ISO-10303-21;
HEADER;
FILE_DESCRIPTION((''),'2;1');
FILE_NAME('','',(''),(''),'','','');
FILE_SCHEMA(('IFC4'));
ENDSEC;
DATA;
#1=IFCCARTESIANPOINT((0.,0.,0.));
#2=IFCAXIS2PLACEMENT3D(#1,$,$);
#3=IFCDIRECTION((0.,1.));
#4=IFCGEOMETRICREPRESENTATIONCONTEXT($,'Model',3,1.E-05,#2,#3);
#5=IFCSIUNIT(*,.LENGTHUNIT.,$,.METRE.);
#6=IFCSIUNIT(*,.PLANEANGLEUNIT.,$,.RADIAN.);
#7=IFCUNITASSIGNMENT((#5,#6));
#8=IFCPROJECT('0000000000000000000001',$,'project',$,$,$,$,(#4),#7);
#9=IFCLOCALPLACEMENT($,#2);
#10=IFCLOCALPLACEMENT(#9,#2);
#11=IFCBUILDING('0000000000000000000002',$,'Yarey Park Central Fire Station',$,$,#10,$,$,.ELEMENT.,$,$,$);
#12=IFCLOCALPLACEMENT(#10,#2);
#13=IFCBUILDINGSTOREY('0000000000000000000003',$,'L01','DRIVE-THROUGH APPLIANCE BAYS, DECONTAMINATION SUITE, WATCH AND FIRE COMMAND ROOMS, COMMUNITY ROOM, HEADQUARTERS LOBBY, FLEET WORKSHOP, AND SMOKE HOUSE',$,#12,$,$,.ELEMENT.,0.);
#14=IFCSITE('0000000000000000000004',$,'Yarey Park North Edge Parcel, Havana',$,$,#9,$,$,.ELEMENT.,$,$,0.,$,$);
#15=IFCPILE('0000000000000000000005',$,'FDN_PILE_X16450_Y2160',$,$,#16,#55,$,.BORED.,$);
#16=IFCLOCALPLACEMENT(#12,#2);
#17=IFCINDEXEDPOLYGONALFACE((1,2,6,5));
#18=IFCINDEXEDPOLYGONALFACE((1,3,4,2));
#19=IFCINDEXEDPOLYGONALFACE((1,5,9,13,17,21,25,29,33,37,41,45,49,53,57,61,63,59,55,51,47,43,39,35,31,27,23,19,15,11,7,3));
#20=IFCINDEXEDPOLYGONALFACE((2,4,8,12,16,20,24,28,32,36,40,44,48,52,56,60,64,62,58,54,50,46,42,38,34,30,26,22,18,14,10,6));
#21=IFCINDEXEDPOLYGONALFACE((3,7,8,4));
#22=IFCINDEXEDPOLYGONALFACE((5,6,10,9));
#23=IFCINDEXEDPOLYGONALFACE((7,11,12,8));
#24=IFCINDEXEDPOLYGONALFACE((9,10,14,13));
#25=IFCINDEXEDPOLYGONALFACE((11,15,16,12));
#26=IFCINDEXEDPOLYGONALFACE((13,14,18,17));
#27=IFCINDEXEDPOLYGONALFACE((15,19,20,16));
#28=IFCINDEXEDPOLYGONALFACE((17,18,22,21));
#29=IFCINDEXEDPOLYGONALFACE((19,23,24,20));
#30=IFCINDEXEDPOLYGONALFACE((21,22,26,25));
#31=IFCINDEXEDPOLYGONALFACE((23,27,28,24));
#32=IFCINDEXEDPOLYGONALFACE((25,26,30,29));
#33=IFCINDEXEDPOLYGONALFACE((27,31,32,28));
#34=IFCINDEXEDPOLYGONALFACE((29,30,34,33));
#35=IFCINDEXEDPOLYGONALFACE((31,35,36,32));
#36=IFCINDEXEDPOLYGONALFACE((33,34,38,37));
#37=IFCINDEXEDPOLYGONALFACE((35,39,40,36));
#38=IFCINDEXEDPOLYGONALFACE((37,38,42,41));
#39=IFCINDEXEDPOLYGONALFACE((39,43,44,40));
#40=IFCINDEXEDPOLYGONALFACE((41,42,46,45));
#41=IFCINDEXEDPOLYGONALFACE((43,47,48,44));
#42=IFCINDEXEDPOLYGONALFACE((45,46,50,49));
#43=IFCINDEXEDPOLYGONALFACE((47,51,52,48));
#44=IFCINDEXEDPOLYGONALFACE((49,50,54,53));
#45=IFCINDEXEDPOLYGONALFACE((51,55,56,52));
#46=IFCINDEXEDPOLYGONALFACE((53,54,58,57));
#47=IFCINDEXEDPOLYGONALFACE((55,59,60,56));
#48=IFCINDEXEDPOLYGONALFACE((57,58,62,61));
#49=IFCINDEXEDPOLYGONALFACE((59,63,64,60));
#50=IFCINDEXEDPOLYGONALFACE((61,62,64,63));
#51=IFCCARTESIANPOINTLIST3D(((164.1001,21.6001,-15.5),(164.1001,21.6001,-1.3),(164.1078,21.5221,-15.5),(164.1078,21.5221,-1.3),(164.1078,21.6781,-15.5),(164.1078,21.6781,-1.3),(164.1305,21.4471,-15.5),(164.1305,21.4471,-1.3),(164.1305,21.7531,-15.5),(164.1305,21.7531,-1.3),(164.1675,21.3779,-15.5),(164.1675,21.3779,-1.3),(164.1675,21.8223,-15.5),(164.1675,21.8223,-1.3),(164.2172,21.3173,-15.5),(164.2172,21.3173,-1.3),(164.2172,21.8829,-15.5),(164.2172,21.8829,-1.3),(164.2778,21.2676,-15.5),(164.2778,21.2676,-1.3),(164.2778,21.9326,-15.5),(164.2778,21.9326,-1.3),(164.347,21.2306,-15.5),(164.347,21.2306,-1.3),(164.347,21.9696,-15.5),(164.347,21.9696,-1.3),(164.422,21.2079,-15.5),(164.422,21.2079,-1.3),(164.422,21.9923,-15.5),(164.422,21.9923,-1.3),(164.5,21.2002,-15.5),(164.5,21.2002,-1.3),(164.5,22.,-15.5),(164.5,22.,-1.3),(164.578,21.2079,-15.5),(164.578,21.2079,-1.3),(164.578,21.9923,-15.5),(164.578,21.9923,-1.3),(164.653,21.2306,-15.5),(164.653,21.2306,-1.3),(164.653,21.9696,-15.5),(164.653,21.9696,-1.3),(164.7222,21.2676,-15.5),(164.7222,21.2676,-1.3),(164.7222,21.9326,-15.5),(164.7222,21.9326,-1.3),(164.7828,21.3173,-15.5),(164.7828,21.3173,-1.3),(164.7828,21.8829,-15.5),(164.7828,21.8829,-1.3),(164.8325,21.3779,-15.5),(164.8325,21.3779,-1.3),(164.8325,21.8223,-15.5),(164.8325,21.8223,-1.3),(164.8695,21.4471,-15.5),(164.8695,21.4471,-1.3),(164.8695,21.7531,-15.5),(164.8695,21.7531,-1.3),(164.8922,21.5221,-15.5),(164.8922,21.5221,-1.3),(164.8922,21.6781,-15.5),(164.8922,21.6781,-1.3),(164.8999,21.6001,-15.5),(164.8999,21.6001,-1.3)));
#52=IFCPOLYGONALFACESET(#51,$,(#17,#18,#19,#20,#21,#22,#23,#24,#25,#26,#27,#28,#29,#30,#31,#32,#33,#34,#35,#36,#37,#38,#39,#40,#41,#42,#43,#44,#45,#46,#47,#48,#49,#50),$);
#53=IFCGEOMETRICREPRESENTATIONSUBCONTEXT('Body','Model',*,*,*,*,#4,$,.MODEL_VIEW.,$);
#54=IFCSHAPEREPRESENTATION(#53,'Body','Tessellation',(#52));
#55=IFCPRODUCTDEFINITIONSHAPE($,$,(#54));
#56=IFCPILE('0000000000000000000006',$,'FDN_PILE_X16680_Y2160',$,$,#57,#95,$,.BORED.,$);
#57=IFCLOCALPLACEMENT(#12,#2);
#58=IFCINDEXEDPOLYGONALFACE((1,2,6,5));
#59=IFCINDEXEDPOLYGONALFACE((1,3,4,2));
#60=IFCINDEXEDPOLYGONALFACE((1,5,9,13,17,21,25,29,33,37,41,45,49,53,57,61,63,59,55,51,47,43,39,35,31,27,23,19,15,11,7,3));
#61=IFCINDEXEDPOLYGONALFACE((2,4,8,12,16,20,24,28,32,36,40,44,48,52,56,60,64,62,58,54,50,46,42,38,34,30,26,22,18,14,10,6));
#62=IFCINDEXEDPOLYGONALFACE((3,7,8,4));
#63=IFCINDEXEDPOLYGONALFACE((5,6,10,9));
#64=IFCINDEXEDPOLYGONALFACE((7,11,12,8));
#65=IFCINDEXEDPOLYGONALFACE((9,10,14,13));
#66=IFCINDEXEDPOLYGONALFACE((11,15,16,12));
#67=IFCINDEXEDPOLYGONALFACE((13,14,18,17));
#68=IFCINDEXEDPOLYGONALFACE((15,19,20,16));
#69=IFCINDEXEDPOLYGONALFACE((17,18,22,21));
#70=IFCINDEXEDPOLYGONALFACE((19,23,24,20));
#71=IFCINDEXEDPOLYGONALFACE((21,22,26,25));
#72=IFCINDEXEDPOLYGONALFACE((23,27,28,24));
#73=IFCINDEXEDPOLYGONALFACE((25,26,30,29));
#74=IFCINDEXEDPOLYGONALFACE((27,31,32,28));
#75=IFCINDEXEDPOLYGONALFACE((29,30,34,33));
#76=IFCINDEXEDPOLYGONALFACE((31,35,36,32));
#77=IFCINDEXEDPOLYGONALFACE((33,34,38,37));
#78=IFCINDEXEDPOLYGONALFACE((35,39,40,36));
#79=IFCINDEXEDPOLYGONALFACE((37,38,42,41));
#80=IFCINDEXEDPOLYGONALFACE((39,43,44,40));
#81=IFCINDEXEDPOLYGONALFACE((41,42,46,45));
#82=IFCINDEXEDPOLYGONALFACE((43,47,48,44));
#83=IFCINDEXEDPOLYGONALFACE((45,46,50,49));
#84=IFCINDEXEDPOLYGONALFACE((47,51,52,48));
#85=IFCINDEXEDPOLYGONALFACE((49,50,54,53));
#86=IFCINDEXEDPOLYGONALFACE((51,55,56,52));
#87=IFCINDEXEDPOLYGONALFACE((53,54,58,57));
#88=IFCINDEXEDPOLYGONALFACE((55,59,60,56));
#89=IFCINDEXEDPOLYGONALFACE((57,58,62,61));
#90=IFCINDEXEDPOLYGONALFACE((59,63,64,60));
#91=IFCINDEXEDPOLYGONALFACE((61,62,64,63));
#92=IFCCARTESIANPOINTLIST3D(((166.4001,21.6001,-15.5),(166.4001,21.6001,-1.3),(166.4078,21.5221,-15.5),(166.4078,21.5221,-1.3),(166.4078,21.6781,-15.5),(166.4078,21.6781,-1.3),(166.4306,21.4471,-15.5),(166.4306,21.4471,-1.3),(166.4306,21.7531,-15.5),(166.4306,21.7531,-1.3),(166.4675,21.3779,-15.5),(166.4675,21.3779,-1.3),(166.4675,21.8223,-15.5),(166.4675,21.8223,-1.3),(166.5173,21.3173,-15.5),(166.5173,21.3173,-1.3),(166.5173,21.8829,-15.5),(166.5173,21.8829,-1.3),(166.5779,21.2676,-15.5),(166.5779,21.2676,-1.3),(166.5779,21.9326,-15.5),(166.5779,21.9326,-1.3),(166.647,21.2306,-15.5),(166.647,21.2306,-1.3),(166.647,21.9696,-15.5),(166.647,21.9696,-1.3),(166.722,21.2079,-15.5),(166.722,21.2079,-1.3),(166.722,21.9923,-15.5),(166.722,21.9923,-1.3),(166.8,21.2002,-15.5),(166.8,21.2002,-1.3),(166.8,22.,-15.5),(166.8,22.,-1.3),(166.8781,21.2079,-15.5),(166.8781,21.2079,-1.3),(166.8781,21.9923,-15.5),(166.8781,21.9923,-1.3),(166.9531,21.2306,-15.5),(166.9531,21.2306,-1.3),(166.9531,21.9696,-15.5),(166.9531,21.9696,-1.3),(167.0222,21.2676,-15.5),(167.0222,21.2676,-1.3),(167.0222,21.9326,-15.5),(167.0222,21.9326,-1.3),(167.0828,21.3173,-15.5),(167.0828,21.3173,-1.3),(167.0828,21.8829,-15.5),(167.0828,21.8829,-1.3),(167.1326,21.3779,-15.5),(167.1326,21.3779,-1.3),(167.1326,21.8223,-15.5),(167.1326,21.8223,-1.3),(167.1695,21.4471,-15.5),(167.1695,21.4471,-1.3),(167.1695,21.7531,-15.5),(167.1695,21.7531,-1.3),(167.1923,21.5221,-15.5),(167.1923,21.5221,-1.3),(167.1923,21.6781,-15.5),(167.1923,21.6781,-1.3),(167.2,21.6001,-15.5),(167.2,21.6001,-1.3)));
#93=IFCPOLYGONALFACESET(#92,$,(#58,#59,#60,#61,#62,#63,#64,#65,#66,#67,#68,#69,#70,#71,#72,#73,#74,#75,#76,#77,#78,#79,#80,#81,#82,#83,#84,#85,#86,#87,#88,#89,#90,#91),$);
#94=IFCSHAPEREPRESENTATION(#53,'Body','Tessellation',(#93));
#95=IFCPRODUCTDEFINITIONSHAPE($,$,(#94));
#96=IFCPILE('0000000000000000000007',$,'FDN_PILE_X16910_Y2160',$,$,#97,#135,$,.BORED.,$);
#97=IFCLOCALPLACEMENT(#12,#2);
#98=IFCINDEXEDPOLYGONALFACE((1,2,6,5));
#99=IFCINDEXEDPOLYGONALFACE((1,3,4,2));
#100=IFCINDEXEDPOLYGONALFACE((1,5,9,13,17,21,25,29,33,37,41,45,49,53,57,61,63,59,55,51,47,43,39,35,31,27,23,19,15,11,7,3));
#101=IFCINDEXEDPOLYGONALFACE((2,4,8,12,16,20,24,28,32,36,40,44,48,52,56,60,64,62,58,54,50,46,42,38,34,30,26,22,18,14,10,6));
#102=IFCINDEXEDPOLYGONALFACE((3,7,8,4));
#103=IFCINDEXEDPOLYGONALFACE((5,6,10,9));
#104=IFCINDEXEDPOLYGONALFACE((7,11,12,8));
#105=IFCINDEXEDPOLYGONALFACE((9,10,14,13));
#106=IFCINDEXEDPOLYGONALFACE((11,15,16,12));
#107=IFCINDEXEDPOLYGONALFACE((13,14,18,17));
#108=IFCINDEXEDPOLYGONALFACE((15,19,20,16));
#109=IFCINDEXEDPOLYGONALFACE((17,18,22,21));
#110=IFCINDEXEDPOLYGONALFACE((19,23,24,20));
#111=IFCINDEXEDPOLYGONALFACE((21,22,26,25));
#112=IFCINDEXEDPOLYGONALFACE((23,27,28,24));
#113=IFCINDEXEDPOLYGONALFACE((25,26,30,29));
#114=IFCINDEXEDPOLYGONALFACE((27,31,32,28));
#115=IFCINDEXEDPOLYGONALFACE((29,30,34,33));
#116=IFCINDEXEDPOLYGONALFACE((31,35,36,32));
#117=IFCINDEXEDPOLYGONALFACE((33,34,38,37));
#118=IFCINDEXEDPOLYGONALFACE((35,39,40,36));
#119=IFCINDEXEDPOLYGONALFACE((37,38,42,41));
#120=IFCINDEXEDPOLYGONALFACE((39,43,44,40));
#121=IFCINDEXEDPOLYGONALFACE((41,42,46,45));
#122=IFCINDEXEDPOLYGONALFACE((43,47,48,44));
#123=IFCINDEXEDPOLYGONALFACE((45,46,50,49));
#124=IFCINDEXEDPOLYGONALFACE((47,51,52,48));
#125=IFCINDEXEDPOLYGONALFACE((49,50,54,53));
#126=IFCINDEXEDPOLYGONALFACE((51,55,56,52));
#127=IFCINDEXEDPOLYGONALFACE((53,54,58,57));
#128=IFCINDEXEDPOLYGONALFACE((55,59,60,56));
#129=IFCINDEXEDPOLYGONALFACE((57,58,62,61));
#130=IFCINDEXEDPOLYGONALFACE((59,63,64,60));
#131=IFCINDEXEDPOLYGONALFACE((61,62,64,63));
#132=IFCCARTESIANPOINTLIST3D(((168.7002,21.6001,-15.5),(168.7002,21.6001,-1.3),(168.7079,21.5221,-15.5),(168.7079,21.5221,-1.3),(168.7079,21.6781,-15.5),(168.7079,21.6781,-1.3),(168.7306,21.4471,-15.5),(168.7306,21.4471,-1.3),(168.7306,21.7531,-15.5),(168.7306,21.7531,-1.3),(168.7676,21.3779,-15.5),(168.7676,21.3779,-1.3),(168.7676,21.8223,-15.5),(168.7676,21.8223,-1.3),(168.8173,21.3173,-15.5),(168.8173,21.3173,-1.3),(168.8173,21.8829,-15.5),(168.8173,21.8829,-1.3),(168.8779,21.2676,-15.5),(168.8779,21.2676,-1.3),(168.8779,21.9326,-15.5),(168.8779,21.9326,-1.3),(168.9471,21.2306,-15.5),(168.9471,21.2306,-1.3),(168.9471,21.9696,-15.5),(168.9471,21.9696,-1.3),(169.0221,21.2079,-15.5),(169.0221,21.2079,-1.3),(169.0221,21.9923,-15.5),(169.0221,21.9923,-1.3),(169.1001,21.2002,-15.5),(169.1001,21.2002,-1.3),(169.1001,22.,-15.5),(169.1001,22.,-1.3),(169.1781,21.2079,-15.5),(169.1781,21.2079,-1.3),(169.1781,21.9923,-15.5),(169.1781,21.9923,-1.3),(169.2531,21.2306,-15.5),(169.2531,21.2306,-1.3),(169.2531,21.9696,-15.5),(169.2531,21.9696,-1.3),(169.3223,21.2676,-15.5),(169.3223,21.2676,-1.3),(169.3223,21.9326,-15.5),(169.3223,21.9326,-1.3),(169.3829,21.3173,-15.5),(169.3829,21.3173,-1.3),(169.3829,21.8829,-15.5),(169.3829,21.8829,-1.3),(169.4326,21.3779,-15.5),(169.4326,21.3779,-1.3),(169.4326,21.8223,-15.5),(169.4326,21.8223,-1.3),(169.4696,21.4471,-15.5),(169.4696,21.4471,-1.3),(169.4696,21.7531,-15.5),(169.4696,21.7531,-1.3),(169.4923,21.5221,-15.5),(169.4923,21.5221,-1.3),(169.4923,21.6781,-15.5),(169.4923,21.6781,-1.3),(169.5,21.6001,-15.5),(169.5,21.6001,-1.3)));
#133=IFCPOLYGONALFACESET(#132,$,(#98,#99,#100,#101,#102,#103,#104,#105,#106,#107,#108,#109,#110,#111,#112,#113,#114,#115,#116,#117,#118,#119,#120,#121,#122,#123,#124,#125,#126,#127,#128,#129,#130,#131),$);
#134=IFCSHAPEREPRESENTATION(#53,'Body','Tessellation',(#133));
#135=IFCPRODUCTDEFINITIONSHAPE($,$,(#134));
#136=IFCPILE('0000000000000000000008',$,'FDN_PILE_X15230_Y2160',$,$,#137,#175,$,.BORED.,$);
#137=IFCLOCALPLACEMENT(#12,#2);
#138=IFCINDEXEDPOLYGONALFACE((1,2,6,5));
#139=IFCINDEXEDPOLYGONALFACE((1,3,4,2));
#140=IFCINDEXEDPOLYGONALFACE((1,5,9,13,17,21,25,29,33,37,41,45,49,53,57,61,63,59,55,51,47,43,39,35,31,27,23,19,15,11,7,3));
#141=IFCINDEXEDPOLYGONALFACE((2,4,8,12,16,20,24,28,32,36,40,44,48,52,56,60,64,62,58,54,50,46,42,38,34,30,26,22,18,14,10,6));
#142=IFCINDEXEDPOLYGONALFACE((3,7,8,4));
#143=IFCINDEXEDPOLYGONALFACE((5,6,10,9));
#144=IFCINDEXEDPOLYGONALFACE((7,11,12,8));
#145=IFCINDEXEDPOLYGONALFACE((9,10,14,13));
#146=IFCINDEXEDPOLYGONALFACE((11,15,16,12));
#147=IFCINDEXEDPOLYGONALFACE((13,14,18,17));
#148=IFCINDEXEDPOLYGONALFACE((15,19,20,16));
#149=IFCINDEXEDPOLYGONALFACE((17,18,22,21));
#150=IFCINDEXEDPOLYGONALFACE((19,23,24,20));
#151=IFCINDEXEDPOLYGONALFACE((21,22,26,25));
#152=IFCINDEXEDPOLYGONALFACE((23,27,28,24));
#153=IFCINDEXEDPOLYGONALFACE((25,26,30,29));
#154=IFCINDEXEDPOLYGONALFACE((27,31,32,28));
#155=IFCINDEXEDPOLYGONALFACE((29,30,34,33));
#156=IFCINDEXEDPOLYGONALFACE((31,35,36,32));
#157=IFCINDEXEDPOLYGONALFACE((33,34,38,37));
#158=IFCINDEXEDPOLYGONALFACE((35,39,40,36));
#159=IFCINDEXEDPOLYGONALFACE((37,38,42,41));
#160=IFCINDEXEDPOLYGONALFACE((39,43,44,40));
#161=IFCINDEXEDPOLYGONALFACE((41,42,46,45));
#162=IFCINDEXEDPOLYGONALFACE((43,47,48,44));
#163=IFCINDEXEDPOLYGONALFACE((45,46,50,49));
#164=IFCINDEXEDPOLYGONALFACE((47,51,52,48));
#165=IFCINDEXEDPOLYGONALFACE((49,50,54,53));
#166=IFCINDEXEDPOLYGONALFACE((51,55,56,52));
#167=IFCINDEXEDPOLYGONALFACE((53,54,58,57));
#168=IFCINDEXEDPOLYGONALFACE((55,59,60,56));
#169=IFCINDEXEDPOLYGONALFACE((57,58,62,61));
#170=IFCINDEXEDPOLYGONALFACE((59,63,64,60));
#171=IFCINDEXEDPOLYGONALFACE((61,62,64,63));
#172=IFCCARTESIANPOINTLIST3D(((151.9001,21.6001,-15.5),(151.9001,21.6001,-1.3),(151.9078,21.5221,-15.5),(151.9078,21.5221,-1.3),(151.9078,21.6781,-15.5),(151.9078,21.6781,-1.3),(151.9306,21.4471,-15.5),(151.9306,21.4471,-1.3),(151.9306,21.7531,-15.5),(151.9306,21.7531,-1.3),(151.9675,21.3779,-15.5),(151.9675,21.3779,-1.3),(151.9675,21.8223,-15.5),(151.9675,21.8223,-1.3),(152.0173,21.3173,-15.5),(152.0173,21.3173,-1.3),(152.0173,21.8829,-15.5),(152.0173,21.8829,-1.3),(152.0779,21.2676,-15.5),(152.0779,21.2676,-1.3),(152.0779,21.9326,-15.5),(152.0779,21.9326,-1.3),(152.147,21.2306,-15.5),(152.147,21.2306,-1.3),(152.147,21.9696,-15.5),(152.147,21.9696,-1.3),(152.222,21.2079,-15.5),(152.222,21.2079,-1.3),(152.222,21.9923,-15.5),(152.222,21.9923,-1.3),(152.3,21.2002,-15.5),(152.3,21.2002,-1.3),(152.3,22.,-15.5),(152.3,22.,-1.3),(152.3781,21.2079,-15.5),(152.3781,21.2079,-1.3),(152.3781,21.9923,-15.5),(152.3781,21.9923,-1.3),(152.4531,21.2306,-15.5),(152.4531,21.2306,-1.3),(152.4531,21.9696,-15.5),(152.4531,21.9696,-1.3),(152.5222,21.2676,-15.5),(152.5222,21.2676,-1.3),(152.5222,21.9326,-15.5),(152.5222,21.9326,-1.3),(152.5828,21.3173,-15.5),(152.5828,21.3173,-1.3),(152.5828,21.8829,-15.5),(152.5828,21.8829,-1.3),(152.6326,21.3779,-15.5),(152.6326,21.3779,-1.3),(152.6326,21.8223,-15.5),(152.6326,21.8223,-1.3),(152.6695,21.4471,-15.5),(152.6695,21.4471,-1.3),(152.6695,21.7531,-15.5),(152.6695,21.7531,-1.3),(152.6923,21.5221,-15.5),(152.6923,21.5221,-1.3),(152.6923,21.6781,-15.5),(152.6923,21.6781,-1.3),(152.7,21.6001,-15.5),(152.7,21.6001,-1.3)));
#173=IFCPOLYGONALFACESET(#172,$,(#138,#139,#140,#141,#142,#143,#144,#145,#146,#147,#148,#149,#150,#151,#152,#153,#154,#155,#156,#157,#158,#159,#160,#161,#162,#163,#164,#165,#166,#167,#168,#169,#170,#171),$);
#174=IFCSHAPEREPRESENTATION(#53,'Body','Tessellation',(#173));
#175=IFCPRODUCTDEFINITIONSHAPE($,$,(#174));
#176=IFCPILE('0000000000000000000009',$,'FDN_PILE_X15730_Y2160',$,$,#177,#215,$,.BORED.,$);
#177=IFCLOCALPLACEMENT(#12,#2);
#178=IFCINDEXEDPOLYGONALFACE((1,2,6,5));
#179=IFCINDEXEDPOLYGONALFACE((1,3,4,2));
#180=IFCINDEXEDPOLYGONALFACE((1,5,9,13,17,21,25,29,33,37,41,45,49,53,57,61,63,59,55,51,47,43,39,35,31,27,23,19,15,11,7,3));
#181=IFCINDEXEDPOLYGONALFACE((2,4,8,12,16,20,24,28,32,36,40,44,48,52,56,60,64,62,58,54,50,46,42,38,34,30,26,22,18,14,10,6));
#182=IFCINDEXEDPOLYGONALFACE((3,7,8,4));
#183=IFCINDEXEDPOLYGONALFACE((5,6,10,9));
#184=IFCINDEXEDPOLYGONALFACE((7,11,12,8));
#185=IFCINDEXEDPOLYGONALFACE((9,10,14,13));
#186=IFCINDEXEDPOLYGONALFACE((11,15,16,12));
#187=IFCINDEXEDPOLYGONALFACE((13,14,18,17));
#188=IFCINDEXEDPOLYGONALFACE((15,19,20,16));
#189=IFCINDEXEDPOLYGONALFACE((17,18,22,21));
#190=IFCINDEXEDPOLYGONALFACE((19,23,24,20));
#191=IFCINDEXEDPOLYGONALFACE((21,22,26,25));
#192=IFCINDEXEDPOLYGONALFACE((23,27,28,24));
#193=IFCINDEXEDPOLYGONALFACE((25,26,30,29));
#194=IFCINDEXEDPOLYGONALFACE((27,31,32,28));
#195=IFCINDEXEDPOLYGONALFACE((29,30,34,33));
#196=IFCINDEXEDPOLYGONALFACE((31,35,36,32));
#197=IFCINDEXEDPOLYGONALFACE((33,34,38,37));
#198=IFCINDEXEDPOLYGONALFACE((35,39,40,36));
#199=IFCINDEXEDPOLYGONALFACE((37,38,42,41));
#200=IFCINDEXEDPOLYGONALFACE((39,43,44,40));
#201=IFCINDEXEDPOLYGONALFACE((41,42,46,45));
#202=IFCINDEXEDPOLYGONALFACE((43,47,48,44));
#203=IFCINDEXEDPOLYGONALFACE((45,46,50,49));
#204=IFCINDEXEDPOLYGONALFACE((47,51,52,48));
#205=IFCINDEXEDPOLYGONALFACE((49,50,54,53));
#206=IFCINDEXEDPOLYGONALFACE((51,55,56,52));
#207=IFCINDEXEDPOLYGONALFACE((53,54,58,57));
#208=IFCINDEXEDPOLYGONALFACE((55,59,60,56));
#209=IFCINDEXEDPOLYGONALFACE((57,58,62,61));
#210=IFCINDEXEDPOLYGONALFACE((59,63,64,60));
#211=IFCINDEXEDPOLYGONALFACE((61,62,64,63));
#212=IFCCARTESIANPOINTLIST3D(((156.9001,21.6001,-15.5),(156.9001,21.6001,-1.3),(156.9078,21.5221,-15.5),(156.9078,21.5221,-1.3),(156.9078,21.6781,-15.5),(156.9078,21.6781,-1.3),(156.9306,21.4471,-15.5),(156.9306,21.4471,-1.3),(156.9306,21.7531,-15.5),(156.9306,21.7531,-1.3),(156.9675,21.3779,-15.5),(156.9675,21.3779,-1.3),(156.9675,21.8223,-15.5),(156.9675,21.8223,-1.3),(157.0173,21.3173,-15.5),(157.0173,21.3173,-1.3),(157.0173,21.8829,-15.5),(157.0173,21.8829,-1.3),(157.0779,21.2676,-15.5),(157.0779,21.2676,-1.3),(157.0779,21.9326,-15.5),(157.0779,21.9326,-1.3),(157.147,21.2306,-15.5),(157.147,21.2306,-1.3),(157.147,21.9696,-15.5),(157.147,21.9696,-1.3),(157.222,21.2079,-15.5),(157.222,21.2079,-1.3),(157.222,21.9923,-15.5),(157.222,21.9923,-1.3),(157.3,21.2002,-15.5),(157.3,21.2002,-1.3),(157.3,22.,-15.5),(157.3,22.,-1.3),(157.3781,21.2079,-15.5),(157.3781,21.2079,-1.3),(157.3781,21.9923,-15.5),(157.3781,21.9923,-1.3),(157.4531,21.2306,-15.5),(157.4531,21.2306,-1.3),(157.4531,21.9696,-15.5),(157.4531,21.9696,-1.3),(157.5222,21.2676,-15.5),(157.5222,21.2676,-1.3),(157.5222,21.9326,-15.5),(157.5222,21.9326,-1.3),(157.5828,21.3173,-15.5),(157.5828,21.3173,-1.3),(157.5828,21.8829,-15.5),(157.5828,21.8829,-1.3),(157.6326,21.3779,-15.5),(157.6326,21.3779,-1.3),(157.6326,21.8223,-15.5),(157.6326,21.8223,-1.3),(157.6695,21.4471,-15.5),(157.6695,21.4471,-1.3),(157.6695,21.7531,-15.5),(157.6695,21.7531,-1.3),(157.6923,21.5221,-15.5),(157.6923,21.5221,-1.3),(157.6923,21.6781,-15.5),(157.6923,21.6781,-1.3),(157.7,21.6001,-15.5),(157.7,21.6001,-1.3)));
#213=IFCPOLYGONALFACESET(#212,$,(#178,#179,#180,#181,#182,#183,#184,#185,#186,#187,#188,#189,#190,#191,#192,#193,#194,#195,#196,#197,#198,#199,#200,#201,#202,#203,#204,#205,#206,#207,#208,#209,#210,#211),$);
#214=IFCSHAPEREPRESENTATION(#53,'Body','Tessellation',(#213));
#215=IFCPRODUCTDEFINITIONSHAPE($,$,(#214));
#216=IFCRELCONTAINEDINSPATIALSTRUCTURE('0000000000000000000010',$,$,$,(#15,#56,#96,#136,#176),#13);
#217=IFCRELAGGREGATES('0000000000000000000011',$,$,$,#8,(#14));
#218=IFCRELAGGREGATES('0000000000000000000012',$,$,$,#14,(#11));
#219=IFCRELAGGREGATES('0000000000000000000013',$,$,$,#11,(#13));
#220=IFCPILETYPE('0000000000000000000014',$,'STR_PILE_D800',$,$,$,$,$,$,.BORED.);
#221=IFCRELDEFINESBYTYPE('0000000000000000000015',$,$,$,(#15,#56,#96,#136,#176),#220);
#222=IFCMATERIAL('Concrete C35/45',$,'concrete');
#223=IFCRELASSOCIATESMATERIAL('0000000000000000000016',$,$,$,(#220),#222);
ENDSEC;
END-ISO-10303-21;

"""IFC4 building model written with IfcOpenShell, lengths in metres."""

from ifc_helpers import new_model, si_unit, direction, frame, origin, origin_2d, place, context, subcontext, project, spatial, circle, extrude, material, material_profile, profile_set, type_object, element, save


model = new_model("IFC4")

# Units and contexts
model_context = context("Model", 3, precision=1e-05, world=origin(), true_north=direction((0.0, 1.0)))
body_context = subcontext(model_context, "Body", "Model", "MODEL_VIEW")
ifc_project = project(units=[si_unit("LENGTHUNIT", "METRE"), si_unit("PLANEANGLEUNIT", "RADIAN")], contexts=[model_context])

# Site, building, storey
site_placement = place(None, origin())
site = spatial("IfcSite", under=ifc_project, at=site_placement, Name="Yarey Park North Edge Parcel, Havana", CompositionType="ELEMENT", RefElevation=0.0)
building_placement = place(site_placement, origin())
building = spatial("IfcBuilding", under=site, at=building_placement, Name="Yarey Park Central Fire Station", CompositionType="ELEMENT")
storey_placement = place(building_placement, origin())
storey = spatial("IfcBuildingStorey", under=building, at=storey_placement, Name="L01", Description="DRIVE-THROUGH APPLIANCE BAYS, DECONTAMINATION SUITE, WATCH AND FIRE COMMAND ROOMS, COMMUNITY ROOM, HEADQUARTERS LOBBY, FLEET WORKSHOP, AND SMOKE HOUSE", CompositionType="ELEMENT", Elevation=0.0)

# Shared definitions
ifc_material_1 = material(Name="Concrete C35/45", Category="concrete")

# Piles
ifc_material_profile_1 = material_profile(ifc_material_1, circle(Radius=0.3999, at=origin_2d()), Name="BORED PILE D800")
ifc_profile_set_1 = profile_set([ifc_material_profile_1], Name="Concrete C35/45")
pile_type_1 = type_object("IfcPileType", Name="STR_PILE_D800", PredefinedType="BORED", material=ifc_profile_set_1)
for number, where, z_axis, x_axis, name in (
    (1, (164.5, 21.6001, -1.3), (0.0, 0.0, -1.0), (1.0, 0.0, 0.0), "FDN_PILE_X16450_Y2160"),
    (2, (166.8, 21.6001, -1.3), (0.0, 0.0, -1.0), (1.0, 0.0, 0.0), "FDN_PILE_X16680_Y2160"),
    (3, (169.1001, 21.6001, -1.3), (0.0, 0.0, -1.0), (1.0, 0.0, 0.0), "FDN_PILE_X16910_Y2160"),
    (4, (152.3, 21.6001, -1.3), (0.0, 0.0, -1.0), (1.0, 0.0, 0.0), "FDN_PILE_X15230_Y2160"),
    (5, (157.3, 21.6001, -1.3), (0.0, 0.0, -1.0), (1.0, 0.0, 0.0), "FDN_PILE_X15730_Y2160"),
):
    element("IfcPile", number, at=place(storey_placement, frame(where, z_axis=z_axis, x_axis=x_axis)), inside=storey, type_object=pile_type_1, Name=name, PredefinedType="BORED", context=body_context, shape_type="SweptSolid", body=[
        extrude(circle(Radius=0.3999, at=origin_2d()), origin(), (0.0, 0.0, 1.0), 14.2),
    ])

save(model, "model.ifc")
